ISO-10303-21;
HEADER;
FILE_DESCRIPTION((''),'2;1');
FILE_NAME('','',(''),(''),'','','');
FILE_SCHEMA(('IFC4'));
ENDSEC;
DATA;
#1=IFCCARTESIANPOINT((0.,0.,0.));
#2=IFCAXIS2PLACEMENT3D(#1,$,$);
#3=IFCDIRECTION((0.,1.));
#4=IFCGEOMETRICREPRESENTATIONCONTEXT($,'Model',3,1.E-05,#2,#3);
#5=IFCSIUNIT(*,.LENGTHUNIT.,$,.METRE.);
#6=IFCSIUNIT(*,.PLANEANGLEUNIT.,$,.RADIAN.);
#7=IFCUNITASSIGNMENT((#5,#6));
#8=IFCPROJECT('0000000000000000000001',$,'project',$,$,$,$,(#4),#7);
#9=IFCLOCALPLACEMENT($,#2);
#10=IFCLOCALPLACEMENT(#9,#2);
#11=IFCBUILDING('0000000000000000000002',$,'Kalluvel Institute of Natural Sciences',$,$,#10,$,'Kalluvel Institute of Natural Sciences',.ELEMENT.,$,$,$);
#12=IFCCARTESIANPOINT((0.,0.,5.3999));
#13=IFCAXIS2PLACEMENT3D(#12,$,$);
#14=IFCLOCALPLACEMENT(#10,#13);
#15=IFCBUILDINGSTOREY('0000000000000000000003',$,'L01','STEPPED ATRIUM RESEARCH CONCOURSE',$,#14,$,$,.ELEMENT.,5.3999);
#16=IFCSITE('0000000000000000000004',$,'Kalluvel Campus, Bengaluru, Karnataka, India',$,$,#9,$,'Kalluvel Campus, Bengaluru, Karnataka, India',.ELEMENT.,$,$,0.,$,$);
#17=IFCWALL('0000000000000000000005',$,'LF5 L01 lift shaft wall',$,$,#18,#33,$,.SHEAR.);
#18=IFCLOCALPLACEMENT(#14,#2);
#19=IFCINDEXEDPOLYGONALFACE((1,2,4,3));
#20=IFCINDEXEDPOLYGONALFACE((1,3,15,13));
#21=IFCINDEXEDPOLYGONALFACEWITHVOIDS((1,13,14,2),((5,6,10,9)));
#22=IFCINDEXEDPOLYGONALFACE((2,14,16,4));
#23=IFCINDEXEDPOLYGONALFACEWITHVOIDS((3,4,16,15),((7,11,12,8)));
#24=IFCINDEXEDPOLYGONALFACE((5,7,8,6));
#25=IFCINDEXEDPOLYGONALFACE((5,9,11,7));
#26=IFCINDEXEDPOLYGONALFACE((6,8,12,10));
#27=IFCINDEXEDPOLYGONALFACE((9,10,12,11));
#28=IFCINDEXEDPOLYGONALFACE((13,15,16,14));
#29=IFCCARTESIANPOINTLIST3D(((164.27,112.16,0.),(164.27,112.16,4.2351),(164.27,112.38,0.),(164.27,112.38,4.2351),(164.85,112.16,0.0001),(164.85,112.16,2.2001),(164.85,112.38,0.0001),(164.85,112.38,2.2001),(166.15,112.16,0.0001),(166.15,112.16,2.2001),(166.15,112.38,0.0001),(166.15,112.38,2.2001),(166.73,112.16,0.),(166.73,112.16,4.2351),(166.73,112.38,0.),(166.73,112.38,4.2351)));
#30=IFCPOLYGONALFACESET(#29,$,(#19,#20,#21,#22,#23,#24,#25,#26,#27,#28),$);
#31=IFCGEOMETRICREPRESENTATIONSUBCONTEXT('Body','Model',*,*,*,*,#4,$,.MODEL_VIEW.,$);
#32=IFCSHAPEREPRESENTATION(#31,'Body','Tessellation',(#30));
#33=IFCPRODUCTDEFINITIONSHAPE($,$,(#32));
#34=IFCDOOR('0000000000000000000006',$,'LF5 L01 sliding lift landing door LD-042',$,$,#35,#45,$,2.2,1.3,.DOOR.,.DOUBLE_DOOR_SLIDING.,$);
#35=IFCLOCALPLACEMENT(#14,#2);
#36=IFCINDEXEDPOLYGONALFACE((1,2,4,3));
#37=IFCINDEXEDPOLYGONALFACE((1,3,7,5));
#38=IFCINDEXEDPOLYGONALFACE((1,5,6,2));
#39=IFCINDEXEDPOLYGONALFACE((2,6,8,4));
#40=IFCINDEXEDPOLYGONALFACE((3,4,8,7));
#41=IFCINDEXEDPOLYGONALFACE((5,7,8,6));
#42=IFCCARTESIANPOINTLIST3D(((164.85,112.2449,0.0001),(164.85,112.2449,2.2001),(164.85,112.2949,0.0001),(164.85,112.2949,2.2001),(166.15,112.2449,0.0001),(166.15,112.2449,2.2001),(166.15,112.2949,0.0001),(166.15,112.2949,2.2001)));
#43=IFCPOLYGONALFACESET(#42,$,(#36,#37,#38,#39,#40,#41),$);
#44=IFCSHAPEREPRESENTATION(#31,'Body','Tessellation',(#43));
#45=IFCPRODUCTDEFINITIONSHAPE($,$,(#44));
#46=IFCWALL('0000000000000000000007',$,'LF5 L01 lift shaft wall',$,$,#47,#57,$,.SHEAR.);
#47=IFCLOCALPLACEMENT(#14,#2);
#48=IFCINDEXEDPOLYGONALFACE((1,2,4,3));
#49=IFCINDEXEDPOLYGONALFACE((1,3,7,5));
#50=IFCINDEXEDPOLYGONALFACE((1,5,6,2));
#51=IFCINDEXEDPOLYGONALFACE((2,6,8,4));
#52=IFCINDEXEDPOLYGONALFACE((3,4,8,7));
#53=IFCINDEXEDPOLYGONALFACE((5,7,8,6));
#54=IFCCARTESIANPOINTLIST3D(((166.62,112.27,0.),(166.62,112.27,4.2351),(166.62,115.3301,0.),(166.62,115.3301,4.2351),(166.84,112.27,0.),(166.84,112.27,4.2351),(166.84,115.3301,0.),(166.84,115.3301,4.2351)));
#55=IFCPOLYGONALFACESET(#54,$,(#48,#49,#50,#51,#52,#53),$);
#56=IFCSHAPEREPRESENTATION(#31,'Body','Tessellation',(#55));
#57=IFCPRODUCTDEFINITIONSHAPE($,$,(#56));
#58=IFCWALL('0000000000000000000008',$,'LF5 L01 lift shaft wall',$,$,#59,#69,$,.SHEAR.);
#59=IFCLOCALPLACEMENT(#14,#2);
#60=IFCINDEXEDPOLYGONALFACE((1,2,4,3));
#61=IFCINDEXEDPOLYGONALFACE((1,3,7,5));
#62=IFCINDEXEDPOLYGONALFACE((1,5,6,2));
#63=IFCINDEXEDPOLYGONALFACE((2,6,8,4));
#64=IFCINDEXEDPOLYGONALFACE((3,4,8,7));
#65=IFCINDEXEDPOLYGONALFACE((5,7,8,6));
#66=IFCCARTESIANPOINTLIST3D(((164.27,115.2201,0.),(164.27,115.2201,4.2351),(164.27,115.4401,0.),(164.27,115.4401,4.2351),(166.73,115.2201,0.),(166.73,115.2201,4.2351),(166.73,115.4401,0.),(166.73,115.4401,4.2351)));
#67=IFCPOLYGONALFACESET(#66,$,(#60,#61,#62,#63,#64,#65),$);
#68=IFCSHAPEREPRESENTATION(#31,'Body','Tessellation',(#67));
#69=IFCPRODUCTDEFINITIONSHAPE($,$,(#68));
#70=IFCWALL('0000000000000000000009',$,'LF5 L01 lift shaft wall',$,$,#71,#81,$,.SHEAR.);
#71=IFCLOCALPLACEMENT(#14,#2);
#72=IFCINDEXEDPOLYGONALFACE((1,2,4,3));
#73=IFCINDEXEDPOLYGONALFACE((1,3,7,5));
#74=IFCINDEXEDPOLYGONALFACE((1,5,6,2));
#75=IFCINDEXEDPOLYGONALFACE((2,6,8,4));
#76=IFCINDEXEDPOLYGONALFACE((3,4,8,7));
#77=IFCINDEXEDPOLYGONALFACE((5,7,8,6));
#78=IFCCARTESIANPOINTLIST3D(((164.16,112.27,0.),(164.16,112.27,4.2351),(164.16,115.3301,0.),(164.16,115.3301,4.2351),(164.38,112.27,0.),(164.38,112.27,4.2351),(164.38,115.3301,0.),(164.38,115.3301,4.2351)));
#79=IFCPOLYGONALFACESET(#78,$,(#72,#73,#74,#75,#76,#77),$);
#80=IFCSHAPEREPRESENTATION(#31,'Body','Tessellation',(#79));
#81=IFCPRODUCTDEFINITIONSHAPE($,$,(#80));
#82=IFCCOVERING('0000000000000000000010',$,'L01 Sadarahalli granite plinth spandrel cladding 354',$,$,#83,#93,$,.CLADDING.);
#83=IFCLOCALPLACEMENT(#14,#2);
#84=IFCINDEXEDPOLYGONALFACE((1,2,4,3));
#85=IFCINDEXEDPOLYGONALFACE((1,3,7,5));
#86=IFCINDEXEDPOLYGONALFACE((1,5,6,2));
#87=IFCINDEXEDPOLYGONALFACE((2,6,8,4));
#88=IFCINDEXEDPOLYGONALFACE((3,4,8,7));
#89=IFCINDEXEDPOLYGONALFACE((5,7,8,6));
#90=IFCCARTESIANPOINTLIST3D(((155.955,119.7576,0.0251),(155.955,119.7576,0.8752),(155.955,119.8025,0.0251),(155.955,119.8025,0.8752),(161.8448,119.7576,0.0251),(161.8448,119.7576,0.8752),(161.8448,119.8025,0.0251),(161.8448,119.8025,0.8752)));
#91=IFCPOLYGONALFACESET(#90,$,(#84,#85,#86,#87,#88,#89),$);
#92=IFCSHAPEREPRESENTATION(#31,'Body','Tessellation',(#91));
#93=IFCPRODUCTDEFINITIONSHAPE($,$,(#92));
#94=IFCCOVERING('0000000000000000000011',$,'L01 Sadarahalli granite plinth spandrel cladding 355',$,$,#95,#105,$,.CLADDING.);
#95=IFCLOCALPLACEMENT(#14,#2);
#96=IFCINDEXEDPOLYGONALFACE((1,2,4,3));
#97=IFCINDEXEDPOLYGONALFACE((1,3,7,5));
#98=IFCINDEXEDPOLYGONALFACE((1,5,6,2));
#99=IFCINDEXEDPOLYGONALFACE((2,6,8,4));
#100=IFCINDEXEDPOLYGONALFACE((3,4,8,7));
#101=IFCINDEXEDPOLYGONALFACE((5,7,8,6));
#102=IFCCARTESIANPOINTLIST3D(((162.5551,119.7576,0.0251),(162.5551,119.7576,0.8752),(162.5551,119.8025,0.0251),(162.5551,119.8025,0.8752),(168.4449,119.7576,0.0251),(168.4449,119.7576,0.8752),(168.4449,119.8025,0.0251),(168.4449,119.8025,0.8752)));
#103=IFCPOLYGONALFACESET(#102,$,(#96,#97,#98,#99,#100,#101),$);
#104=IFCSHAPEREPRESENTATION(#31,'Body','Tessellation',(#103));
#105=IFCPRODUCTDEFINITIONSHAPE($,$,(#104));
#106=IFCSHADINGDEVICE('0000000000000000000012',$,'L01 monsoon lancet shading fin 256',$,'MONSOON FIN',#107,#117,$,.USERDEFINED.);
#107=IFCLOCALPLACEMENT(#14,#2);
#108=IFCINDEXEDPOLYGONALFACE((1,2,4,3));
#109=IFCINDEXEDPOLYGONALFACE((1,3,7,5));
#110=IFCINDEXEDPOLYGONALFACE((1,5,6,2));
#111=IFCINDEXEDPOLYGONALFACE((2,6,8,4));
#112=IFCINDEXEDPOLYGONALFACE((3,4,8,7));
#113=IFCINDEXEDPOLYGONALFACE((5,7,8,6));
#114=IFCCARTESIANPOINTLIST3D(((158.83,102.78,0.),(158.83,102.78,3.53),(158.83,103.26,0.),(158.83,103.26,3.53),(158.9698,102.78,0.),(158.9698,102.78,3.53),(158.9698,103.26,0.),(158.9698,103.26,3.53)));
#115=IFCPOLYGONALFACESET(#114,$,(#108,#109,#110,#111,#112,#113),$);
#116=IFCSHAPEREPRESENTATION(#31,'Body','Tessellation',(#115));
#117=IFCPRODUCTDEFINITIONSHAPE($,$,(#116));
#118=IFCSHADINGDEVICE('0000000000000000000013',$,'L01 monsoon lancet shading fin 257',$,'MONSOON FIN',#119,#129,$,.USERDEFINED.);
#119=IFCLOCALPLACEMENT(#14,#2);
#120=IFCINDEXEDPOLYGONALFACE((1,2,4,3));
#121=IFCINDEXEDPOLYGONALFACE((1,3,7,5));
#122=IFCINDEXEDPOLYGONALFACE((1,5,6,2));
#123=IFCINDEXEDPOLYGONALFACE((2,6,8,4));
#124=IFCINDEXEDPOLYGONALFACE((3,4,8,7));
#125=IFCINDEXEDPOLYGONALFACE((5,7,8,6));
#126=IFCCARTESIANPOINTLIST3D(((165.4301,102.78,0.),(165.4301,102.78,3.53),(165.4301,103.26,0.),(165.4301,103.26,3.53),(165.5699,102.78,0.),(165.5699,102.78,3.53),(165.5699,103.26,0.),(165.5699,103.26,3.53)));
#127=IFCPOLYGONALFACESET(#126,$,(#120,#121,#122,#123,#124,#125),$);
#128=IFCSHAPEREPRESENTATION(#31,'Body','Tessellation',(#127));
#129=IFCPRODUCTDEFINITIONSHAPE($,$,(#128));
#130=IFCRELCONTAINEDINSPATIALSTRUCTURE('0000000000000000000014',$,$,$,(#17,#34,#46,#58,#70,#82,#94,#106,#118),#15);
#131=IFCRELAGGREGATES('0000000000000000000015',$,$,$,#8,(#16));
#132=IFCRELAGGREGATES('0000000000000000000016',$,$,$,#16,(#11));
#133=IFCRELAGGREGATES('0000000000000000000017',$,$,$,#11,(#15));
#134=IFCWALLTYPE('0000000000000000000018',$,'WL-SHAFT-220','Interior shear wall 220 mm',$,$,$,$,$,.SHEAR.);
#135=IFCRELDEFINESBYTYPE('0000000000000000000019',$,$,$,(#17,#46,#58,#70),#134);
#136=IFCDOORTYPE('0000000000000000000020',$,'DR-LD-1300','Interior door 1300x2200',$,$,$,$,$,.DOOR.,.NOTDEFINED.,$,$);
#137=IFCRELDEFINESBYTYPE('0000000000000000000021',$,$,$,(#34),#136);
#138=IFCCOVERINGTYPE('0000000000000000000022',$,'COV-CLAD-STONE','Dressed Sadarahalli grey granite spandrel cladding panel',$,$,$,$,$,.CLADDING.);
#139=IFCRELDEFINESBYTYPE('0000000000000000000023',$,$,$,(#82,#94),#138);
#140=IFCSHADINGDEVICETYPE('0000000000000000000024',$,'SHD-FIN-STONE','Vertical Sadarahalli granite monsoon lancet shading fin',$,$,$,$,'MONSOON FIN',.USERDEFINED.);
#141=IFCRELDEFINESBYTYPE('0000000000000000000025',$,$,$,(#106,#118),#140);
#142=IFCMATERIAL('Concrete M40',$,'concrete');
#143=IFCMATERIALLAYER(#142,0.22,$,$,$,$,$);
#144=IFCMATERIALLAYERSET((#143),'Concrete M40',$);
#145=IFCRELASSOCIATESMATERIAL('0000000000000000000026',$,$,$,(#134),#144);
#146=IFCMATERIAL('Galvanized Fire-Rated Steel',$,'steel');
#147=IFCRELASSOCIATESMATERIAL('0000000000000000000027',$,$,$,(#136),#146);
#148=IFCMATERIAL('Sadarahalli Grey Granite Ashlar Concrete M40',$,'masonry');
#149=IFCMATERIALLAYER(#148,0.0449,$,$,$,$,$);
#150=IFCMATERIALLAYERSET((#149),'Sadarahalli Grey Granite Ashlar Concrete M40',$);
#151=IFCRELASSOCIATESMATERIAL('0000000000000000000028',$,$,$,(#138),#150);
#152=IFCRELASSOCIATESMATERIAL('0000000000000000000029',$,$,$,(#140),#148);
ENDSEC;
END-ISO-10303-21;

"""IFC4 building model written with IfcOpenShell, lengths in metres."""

from ifc_helpers import new_model, si_unit, direction, frame, frame_2d, origin, origin_2d, place, context, subcontext, project, spatial, rectangle, extrude, material, layer, layer_set, type_object, element, fill, save


model = new_model("IFC4")

# Units and contexts
model_context = context("Model", 3, precision=1e-05, world=origin(), true_north=direction((0.0, 1.0)))
body_context = subcontext(model_context, "Body", "Model", "MODEL_VIEW")
ifc_project = project(units=[si_unit("LENGTHUNIT", "METRE"), si_unit("PLANEANGLEUNIT", "RADIAN")], contexts=[model_context])

# Site, building, storey
site_placement = place(None, origin())
site = spatial("IfcSite", under=ifc_project, at=site_placement, Name="Kalluvel Campus, Bengaluru, Karnataka, India", LongName="Kalluvel Campus, Bengaluru, Karnataka, India", CompositionType="ELEMENT", RefElevation=0.0)
building_placement = place(site_placement, origin())
building = spatial("IfcBuilding", under=site, at=building_placement, Name="Kalluvel Institute of Natural Sciences", LongName="Kalluvel Institute of Natural Sciences", CompositionType="ELEMENT")
storey_placement = place(building_placement, frame((0.0, 0.0, 5.3999)))
storey = spatial("IfcBuildingStorey", under=building, at=storey_placement, Name="L01", Description="STEPPED ATRIUM RESEARCH CONCOURSE", CompositionType="ELEMENT", Elevation=5.3999)

# Shared definitions
ifc_material_1 = material(Name="Concrete M40", Category="concrete")

# Shared definitions
ifc_material_2 = material(Name="Sadarahalli Grey Granite Ashlar Concrete M40", Category="masonry")

# Wall, opening, door
ifc_layer_1 = layer(ifc_material_1, 0.22)
ifc_layer_set_1 = layer_set([ifc_layer_1], Name="Concrete M40")
wall_type_1 = type_object("IfcWallType", Name="WL-SHAFT-220", Description="Interior shear wall 220 mm", PredefinedType="SHEAR", material=ifc_layer_set_1)
wall_1_placement = place(storey_placement, frame((164.27, 112.27, 0.0), z_axis=(0.0, 0.0, 1.0), x_axis=(1.0, 0.0, 0.0)))
wall_1 = element("IfcWall", 1, at=wall_1_placement, inside=storey, type_object=wall_type_1, Name="LF5 L01 lift shaft wall", PredefinedType="SHEAR", context=body_context, shape_type="SweptSolid", body=[
    extrude(rectangle(XDim=2.46, YDim=0.22, at=frame_2d((1.23, 0.0))), origin(), (0.0, 0.0, 1.0), 4.2351),
])
opening_1_placement = place(wall_1_placement, frame((0.5801, 0.0, 0.0)))
opening_1 = element("IfcOpeningElement", 2, at=opening_1_placement, cuts=wall_1, PredefinedType="OPENING", context=body_context, shape_type="SweptSolid", body=[
    extrude(rectangle(XDim=1.3, YDim=2.2, at=frame_2d((0.6499, 1.1001))), frame((0.0, 0.1199, 0.0), z_axis=(0.0, -1.0, 0.0), x_axis=(1.0, 0.0, 0.0)), (0.0, 0.0, 1.0), 0.24),
])
ifc_material_3 = material(Name="Galvanized Fire-Rated Steel", Category="steel")
door_type_1 = type_object("IfcDoorType", Name="DR-LD-1300", Description="Interior door 1300x2200", OperationType="NOTDEFINED", PredefinedType="DOOR", material=ifc_material_3)
door_1_placement = place(opening_1_placement, origin())
door_1 = element("IfcDoor", 3, at=door_1_placement, inside=storey, type_object=door_type_1, Name="LF5 L01 sliding lift landing door LD-042", OperationType="DOUBLE_DOOR_SLIDING", OverallHeight=2.2, OverallWidth=1.3, PredefinedType="DOOR", context=body_context, shape_type="SweptSolid", body=[
    extrude(rectangle(XDim=1.3, YDim=2.2, at=frame_2d((0.6499, 1.1001))), frame((0.0, 0.0249, 0.0), z_axis=(0.0, -1.0, 0.0), x_axis=(1.0, 0.0, 0.0)), (0.0, 0.0, 1.0), 0.05),
])
fill(opening_1, door_1)

# Walls
wall_2_placement = place(storey_placement, frame((166.73, 112.27, 0.0), z_axis=(0.0, 0.0, 1.0), x_axis=(0.0, 1.0, 0.0)))
element("IfcWall", 4, at=wall_2_placement, inside=storey, type_object=wall_type_1, Name="LF5 L01 lift shaft wall", PredefinedType="SHEAR", context=body_context, shape_type="SweptSolid", body=[
    extrude(rectangle(XDim=3.0601, YDim=0.22, at=frame_2d((1.53, 0.0))), origin(), (0.0, 0.0, 1.0), 4.2351),
])
wall_3_placement = place(storey_placement, frame((166.73, 115.3301, 0.0), z_axis=(0.0, 0.0, 1.0), x_axis=(-1.0, 0.0, 0.0)))
element("IfcWall", 5, at=wall_3_placement, inside=storey, type_object=wall_type_1, Name="LF5 L01 lift shaft wall", PredefinedType="SHEAR", context=body_context, shape_type="SweptSolid", body=[
    extrude(rectangle(XDim=2.46, YDim=0.22, at=frame_2d((1.23, 0.0))), origin(), (0.0, 0.0, 1.0), 4.2351),
])
wall_4_placement = place(storey_placement, frame((164.27, 115.3301, 0.0), z_axis=(0.0, 0.0, 1.0), x_axis=(0.0, -1.0, 0.0)))
element("IfcWall", 6, at=wall_4_placement, inside=storey, type_object=wall_type_1, Name="LF5 L01 lift shaft wall", PredefinedType="SHEAR", context=body_context, shape_type="SweptSolid", body=[
    extrude(rectangle(XDim=3.0601, YDim=0.22, at=frame_2d((1.53, 0.0))), origin(), (0.0, 0.0, 1.0), 4.2351),
])

# Coverings
ifc_layer_2 = layer(ifc_material_2, 0.0449)
ifc_layer_set_2 = layer_set([ifc_layer_2], Name="Sadarahalli Grey Granite Ashlar Concrete M40")
covering_type = type_object("IfcCoveringType", Name="COV-CLAD-STONE", Description="Dressed Sadarahalli grey granite spandrel cladding panel", PredefinedType="CLADDING", material=ifc_layer_set_2)
for number, where, z_axis, x_axis, name in (
    (7, (158.8999, 119.78, 0.0251), (0.0, 0.0, 1.0), (1.0, 0.0, 0.0), "L01 Sadarahalli granite plinth spandrel cladding 354"),
    (8, (165.5, 119.78, 0.0251), (0.0, 0.0, 1.0), (1.0, 0.0, 0.0), "L01 Sadarahalli granite plinth spandrel cladding 355"),
):
    element("IfcCovering", number, at=place(storey_placement, frame(where, z_axis=z_axis, x_axis=x_axis)), inside=storey, type_object=covering_type, Name=name, PredefinedType="CLADDING", context=body_context, shape_type="SweptSolid", body=[
        extrude(rectangle(XDim=5.8899, YDim=0.0449, at=origin_2d()), origin(), (0.0, 0.0, 1.0), 0.8501),
    ])

# Shading devices
shading_device_type = type_object("IfcShadingDeviceType", Name="SHD-FIN-STONE", Description="Vertical Sadarahalli granite monsoon lancet shading fin", ElementType="MONSOON FIN", PredefinedType="USERDEFINED", material=ifc_material_2)
for number, where, z_axis, x_axis, name in (
    (9, (158.8999, 103.02, 0.0), (0.0, 0.0, 1.0), (1.0, 0.0, 0.0), "L01 monsoon lancet shading fin 256"),
    (10, (165.5, 103.02, 0.0), (0.0, 0.0, 1.0), (1.0, 0.0, 0.0), "L01 monsoon lancet shading fin 257"),
):
    element("IfcShadingDevice", number, at=place(storey_placement, frame(where, z_axis=z_axis, x_axis=x_axis)), inside=storey, type_object=shading_device_type, Name=name, ObjectType="MONSOON FIN", PredefinedType="USERDEFINED", context=body_context, shape_type="SweptSolid", body=[
        extrude(rectangle(XDim=0.1399, YDim=0.48, at=origin_2d()), origin(), (0.0, 0.0, 1.0), 3.53),
    ])

save(model, "model.ifc")
